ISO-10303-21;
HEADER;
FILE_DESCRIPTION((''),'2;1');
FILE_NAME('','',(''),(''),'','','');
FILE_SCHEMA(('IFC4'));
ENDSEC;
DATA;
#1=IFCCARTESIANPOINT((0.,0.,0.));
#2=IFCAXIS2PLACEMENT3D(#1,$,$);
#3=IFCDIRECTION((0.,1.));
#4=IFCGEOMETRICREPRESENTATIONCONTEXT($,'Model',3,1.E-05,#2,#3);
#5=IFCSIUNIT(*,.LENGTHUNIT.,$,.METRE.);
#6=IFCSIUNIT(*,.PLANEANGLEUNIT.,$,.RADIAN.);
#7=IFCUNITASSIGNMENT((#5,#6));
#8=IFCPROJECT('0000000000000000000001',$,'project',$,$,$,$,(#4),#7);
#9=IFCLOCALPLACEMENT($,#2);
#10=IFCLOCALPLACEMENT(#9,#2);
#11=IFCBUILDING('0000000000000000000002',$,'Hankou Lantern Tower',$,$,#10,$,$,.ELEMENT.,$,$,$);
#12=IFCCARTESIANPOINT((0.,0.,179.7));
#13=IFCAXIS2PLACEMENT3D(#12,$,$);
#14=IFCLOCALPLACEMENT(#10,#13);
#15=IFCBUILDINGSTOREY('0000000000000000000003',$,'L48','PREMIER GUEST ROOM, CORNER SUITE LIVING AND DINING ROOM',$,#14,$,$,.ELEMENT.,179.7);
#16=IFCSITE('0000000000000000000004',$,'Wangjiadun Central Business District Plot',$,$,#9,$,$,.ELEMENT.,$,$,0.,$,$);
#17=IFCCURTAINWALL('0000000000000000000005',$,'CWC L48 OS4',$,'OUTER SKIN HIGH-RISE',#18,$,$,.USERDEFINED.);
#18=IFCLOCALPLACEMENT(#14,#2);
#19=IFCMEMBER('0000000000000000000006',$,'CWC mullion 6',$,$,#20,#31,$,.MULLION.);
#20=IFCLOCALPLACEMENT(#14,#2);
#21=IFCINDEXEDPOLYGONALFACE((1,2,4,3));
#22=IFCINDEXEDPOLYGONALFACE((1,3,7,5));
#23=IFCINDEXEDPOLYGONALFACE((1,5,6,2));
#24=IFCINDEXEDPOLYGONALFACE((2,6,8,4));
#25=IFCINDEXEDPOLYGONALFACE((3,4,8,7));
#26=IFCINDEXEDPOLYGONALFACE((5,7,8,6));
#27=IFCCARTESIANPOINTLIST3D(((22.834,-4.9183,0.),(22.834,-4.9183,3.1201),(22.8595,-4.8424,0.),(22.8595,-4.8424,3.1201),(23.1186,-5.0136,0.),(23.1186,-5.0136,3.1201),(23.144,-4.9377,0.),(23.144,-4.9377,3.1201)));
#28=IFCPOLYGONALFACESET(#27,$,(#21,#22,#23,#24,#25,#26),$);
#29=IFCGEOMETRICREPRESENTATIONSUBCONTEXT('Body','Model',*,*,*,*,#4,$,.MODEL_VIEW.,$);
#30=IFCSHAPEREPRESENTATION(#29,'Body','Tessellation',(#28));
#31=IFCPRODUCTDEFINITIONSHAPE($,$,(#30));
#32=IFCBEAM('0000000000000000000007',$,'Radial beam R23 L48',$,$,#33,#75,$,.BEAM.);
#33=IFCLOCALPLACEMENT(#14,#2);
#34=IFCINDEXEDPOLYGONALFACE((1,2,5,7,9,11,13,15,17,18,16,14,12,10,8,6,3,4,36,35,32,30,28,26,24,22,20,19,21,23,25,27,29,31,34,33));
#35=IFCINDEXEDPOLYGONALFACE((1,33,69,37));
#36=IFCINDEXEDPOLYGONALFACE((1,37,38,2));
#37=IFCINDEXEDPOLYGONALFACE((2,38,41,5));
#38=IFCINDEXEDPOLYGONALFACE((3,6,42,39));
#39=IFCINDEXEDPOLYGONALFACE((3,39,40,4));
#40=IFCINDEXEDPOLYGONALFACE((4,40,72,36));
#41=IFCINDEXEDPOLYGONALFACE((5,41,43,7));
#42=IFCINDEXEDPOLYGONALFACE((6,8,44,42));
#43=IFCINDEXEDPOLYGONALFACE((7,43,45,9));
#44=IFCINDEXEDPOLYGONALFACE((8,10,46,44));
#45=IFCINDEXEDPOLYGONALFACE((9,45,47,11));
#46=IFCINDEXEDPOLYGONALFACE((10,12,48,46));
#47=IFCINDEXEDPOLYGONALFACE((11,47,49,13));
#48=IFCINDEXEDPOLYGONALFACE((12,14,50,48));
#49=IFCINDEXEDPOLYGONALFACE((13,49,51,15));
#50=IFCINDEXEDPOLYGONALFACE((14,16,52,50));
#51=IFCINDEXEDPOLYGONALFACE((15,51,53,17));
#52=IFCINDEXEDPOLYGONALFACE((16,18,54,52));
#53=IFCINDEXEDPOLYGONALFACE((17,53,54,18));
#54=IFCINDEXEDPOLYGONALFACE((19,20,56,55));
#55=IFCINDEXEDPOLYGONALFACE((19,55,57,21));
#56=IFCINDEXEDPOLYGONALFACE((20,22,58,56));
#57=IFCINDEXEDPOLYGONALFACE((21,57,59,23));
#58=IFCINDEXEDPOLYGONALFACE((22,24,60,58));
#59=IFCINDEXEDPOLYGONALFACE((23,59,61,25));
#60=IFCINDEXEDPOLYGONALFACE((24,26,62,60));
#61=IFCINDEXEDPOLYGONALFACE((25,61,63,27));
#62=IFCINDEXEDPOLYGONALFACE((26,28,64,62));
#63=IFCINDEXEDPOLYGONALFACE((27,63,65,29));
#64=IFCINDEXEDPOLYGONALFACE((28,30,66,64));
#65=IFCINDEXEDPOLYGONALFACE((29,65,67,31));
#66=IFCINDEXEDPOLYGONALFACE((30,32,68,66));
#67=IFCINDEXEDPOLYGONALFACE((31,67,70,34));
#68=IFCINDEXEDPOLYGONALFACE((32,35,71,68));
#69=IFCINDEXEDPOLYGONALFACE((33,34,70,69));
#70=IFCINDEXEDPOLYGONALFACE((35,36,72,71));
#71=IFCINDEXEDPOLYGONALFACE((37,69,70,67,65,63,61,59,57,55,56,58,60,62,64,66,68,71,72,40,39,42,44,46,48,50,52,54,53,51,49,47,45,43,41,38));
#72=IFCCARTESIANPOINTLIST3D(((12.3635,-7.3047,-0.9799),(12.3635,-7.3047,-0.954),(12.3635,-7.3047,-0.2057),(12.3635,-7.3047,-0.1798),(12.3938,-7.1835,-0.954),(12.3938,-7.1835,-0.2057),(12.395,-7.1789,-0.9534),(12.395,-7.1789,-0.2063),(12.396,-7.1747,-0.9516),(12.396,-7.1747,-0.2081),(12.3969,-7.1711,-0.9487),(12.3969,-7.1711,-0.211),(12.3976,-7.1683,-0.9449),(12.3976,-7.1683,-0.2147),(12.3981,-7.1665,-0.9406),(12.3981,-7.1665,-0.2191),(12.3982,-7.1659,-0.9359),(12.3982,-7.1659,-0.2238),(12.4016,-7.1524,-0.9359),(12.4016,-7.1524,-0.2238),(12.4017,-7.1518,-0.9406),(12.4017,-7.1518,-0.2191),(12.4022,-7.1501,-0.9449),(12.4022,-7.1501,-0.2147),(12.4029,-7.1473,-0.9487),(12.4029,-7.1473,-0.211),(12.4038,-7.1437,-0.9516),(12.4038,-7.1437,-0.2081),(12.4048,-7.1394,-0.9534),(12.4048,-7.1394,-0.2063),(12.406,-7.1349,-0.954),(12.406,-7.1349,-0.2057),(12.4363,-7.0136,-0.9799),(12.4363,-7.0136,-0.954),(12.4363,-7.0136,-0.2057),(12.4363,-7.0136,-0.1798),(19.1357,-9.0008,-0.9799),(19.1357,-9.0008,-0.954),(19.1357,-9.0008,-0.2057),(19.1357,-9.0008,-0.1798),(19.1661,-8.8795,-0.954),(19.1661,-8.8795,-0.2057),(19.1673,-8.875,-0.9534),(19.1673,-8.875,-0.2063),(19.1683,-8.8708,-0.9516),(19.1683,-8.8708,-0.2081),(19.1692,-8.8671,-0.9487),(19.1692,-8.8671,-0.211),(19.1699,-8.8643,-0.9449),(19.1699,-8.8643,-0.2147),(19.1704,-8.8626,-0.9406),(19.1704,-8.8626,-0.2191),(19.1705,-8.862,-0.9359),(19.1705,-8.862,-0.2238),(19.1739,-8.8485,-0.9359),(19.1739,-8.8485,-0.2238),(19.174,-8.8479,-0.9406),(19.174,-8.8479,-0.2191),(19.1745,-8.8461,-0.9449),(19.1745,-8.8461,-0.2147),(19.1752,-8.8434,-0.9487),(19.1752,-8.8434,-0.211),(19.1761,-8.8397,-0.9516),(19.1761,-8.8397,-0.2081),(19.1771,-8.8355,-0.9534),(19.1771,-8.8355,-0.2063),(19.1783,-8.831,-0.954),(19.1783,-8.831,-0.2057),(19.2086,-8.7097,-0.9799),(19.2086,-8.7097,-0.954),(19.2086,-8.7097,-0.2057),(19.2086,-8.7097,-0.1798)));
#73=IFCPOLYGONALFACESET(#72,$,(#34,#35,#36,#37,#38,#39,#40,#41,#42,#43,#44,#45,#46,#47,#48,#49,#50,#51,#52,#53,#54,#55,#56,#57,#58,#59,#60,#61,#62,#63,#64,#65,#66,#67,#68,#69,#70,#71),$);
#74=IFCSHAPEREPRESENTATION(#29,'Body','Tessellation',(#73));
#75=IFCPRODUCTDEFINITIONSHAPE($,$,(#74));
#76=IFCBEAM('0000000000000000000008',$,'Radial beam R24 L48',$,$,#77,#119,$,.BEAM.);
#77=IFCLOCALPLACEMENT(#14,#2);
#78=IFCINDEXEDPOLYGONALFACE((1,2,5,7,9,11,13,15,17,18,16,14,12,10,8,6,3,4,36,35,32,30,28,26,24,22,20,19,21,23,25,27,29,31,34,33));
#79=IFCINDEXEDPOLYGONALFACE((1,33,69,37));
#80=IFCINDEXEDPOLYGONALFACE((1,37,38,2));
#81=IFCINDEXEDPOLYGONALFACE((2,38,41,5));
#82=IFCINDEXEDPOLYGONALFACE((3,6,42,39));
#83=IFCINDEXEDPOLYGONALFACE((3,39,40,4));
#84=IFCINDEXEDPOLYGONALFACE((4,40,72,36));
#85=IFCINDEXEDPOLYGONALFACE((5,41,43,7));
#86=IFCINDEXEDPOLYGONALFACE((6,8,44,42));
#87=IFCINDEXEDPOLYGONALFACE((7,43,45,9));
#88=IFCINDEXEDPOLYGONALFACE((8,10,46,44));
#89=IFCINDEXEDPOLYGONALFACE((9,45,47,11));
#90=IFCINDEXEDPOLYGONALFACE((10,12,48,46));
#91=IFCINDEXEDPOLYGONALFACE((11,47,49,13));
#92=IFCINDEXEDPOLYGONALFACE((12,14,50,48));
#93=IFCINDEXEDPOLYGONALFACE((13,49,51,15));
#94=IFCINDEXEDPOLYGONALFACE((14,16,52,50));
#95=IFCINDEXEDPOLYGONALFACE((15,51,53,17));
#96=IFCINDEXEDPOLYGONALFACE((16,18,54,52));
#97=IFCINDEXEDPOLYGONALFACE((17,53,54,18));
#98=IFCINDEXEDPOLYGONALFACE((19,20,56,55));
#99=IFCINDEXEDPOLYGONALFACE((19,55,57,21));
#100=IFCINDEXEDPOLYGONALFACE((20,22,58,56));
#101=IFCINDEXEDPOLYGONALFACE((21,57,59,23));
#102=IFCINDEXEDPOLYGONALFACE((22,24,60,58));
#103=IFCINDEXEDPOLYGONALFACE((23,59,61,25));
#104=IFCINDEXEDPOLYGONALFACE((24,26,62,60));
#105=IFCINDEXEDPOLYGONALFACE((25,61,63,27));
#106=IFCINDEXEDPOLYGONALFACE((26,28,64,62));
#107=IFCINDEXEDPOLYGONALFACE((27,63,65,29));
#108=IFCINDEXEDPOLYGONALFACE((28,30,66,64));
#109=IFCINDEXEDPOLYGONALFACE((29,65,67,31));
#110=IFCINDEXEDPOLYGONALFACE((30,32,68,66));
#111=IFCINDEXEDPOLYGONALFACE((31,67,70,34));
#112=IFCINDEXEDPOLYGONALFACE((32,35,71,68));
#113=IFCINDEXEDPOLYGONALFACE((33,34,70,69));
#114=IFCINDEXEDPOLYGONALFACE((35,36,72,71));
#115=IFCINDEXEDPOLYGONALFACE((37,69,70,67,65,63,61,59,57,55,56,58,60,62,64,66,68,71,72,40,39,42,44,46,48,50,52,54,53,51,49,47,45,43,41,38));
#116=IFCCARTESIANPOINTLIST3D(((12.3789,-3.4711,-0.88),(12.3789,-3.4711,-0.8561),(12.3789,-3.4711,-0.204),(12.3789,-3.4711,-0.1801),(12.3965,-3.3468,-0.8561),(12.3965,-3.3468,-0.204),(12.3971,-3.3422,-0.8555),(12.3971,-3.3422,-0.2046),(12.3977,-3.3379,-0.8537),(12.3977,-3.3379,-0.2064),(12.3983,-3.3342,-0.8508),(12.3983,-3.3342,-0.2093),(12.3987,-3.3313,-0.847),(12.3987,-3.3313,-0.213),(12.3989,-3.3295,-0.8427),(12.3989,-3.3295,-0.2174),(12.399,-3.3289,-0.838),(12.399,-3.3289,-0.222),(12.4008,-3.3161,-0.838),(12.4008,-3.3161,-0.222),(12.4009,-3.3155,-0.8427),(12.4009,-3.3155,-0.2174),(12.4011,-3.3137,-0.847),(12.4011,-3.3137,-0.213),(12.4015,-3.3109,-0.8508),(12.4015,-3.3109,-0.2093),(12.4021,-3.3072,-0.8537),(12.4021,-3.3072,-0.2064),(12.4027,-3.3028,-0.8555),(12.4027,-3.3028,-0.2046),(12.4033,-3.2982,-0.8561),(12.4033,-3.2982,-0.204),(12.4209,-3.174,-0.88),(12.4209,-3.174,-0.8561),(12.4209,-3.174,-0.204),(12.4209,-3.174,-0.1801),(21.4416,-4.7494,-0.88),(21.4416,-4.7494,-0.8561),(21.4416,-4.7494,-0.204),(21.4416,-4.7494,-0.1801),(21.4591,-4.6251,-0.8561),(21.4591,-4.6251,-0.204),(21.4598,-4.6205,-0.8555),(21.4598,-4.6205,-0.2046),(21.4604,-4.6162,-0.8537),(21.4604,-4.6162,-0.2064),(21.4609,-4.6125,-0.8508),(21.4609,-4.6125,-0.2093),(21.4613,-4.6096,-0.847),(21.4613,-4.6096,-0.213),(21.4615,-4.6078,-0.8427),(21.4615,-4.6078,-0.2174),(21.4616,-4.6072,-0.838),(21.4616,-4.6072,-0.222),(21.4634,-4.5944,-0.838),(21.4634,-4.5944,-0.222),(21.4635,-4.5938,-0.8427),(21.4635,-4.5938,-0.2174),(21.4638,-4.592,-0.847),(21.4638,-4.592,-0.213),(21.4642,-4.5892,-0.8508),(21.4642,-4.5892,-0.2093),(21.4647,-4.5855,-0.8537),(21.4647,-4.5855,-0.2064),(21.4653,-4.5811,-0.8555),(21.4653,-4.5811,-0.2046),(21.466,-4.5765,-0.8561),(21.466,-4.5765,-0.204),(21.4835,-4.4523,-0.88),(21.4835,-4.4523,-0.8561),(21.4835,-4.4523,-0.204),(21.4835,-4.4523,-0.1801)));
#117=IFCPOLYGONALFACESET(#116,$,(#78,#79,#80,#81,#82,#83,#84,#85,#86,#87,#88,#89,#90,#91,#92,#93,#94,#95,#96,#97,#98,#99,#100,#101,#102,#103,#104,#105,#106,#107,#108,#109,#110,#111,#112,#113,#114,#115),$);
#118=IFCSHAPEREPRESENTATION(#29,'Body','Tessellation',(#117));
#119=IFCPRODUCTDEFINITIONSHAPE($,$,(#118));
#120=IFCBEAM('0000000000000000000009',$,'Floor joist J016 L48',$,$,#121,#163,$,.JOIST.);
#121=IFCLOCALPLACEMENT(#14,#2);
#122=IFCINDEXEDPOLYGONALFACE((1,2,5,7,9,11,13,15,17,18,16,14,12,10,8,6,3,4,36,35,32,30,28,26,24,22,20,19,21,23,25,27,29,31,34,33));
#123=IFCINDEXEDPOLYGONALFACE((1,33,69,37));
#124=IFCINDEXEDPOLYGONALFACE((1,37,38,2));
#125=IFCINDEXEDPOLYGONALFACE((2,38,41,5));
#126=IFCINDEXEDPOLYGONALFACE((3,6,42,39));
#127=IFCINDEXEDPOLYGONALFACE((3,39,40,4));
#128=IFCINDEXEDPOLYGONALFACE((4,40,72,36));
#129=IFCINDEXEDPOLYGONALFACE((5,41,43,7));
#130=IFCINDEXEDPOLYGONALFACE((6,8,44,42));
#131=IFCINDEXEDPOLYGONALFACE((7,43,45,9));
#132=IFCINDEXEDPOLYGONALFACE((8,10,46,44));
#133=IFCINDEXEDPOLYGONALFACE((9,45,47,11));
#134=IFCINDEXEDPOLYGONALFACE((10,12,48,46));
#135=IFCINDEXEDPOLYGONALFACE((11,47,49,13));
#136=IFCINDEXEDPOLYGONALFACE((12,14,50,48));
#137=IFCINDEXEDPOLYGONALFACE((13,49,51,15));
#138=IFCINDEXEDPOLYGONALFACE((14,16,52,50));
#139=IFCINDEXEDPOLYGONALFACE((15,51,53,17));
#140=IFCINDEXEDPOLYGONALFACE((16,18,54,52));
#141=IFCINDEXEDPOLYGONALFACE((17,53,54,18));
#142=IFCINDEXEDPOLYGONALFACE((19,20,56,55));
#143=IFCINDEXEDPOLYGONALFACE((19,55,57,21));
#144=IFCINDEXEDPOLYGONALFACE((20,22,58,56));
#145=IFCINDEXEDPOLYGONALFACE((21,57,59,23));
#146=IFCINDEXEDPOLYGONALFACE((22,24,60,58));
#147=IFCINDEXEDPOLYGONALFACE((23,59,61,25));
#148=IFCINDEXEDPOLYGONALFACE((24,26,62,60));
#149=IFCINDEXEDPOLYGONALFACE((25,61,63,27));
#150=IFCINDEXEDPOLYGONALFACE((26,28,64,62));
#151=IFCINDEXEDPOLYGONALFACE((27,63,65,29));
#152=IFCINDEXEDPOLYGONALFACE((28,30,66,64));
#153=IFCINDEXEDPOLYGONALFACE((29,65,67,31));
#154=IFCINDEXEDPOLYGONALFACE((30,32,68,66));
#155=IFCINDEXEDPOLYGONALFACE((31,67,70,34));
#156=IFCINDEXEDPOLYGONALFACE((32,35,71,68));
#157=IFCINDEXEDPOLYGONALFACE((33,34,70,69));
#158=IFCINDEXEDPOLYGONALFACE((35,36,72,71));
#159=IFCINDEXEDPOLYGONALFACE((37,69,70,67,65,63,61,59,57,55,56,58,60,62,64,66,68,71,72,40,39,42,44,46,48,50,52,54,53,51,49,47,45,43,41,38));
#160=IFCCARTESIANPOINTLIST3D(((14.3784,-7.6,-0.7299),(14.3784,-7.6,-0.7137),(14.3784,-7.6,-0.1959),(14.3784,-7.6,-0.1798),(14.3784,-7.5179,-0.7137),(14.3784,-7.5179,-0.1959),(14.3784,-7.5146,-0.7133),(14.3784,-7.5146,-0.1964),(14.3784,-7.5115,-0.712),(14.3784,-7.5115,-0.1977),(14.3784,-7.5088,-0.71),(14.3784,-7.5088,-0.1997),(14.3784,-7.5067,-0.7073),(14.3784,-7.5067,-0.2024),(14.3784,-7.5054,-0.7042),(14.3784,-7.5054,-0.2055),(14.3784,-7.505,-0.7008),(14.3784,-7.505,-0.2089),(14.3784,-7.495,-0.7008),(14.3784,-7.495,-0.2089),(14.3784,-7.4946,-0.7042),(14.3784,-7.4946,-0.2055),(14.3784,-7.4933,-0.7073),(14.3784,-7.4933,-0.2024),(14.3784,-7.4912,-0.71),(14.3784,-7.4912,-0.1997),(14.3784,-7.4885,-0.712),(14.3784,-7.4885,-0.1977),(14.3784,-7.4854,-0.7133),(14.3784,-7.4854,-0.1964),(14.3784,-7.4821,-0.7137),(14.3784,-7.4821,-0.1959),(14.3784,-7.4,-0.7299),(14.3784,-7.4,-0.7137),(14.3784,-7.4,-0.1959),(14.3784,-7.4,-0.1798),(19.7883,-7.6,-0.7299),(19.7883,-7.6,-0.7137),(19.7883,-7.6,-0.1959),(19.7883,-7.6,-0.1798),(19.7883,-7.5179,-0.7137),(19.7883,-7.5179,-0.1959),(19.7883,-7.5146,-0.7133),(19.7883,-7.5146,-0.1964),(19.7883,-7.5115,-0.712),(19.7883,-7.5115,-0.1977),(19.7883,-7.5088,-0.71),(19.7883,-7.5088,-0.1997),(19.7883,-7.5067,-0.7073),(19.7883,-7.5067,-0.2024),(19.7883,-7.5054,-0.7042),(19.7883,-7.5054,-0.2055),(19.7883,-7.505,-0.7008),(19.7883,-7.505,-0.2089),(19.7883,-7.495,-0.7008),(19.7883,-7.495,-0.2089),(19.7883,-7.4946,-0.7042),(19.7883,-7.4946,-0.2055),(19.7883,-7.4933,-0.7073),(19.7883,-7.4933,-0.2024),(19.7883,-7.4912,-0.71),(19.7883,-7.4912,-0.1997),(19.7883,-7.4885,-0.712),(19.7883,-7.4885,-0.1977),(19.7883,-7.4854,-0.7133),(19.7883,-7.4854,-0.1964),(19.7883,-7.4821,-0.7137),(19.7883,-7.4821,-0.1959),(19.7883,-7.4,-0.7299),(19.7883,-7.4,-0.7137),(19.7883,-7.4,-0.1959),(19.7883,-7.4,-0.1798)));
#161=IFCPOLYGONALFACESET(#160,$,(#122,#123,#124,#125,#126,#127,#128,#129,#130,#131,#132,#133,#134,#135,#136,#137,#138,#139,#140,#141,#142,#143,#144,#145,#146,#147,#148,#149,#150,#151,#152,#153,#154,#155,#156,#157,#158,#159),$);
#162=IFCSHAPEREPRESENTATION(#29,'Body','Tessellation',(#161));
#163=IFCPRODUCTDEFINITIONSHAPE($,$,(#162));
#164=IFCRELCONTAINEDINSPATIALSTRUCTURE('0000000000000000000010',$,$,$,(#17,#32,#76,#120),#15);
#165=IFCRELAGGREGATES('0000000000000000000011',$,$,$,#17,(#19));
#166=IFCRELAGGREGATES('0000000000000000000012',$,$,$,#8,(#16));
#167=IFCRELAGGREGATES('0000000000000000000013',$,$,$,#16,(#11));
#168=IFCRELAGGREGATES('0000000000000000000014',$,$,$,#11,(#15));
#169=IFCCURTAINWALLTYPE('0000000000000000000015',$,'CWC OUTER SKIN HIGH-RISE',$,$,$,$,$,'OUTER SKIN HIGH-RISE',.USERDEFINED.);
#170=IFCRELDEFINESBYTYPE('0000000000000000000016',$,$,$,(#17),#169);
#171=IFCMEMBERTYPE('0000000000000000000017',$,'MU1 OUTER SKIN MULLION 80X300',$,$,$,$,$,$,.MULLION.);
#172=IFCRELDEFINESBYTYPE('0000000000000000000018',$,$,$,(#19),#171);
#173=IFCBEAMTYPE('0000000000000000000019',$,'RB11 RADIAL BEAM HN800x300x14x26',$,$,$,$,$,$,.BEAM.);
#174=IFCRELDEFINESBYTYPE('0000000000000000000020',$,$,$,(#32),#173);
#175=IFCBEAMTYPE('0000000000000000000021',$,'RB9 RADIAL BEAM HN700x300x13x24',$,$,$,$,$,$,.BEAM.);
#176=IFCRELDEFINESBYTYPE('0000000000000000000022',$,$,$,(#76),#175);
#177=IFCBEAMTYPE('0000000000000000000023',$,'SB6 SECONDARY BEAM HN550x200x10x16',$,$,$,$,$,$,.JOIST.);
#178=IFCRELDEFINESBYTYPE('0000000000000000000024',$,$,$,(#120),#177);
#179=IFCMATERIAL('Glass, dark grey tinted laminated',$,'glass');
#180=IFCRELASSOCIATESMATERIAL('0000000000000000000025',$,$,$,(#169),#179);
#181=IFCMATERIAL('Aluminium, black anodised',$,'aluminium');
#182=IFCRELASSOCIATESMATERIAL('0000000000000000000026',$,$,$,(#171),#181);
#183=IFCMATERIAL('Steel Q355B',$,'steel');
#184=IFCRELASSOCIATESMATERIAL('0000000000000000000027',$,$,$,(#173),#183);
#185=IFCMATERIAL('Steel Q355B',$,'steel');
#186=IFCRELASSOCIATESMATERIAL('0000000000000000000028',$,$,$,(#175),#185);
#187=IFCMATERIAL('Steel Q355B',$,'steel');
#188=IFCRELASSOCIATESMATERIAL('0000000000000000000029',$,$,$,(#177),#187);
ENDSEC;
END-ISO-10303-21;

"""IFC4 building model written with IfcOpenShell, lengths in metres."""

from ifc_helpers import new_model, si_unit, direction, frame, origin, origin_2d, place, context, subcontext, project, spatial, rectangle, i_section, extrude, material, material_profile, profile_set, type_object, element, aggregate, save


model = new_model("IFC4")

# Units and contexts
model_context = context("Model", 3, precision=1e-05, world=origin(), true_north=direction((0.0, 1.0)))
body_context = subcontext(model_context, "Body", "Model", "MODEL_VIEW")
ifc_project = project(units=[si_unit("LENGTHUNIT", "METRE"), si_unit("PLANEANGLEUNIT", "RADIAN")], contexts=[model_context])

# Site, building, storey
site_placement = place(None, origin())
site = spatial("IfcSite", under=ifc_project, at=site_placement, Name="Wangjiadun Central Business District Plot", CompositionType="ELEMENT", RefElevation=0.0)
building_placement = place(site_placement, origin())
building = spatial("IfcBuilding", under=site, at=building_placement, Name="Hankou Lantern Tower", CompositionType="ELEMENT")
storey_placement = place(building_placement, frame((0.0, 0.0, 179.7)))
storey = spatial("IfcBuildingStorey", under=building, at=storey_placement, Name="L48", Description="PREMIER GUEST ROOM, CORNER SUITE LIVING AND DINING ROOM", CompositionType="ELEMENT", Elevation=179.7)

# Curtain wall, member
ifc_material_1 = material(Name="Glass, dark grey tinted laminated", Category="glass")
curtain_wall_type = type_object("IfcCurtainWallType", Name="CWC OUTER SKIN HIGH-RISE", ElementType="OUTER SKIN HIGH-RISE", PredefinedType="USERDEFINED", material=ifc_material_1)
curtain_wall_placement = place(storey_placement, origin())
curtain_wall = element("IfcCurtainWall", 1, at=curtain_wall_placement, inside=storey, type_object=curtain_wall_type, Name="CWC L48 OS4", ObjectType="OUTER SKIN HIGH-RISE", PredefinedType="USERDEFINED")
ifc_material_2 = material(Name="Aluminium, black anodised", Category="aluminium")
ifc_material_profile_1 = material_profile(ifc_material_2, rectangle(XDim=0.0801, YDim=0.3, at=origin_2d()), Name="MU1 80X300")
ifc_profile_set_1 = profile_set([ifc_material_profile_1], Name="Aluminium, black anodised")
member_type_1 = type_object("IfcMemberType", Name="MU1 OUTER SKIN MULLION 80X300", PredefinedType="MULLION", material=ifc_profile_set_1)
member_1_placement = place(storey_placement, frame((22.989, -4.928, 0.0), z_axis=(0.0, 0.0, 1.0), x_axis=(0.317596, 0.948226, 0.0)))
member_1 = element("IfcMember", 2, at=member_1_placement, type_object=member_type_1, Name="CWC mullion 6", PredefinedType="MULLION", context=body_context, shape_type="SweptSolid", body=[
    extrude(rectangle(XDim=0.0801, YDim=0.3, at=origin_2d()), origin(), (0.0, 0.0, 1.0), 3.1201),
])

# Beams
ifc_material_3 = material(Name="Steel Q355B", Category="steel")
ifc_material_profile_2 = material_profile(ifc_material_3, i_section(OverallWidth=0.3, OverallDepth=0.8, WebThickness=0.0139, FlangeThickness=0.0259, FilletRadius=0.0181, at=origin_2d()), Name="HN800x300x14x26")
ifc_profile_set_2 = profile_set([ifc_material_profile_2], Name="Steel Q355B")
beam_type_1 = type_object("IfcBeamType", Name="RB11 RADIAL BEAM HN800x300x14x26", PredefinedType="BEAM", material=ifc_profile_set_2)
beam_1_placement = place(storey_placement, frame((12.3999, -7.1592, -0.5798), z_axis=(0.970042, -0.242939, 0.0), x_axis=(0.242939, 0.970042, 0.0)))
element("IfcBeam", 3, at=beam_1_placement, inside=storey, type_object=beam_type_1, Name="Radial beam R23 L48", PredefinedType="BEAM", context=body_context, shape_type="SweptSolid", body=[
    extrude(i_section(OverallWidth=0.3, OverallDepth=0.8, WebThickness=0.0139, FlangeThickness=0.0259, FilletRadius=0.0181, at=origin_2d()), origin(), (0.0, 0.0, 1.0), 6.9814),
])
ifc_material_4 = material(Name="Steel Q355B", Category="steel")
ifc_material_profile_3 = material_profile(ifc_material_4, i_section(OverallWidth=0.3, OverallDepth=0.7, WebThickness=0.0129, FlangeThickness=0.0239, FilletRadius=0.0181, at=origin_2d()), Name="HN700x300x13x24")
ifc_profile_set_3 = profile_set([ifc_material_profile_3], Name="Steel Q355B")
beam_type_2 = type_object("IfcBeamType", Name="RB9 RADIAL BEAM HN700x300x13x24", PredefinedType="BEAM", material=ifc_profile_set_3)
beam_2_placement = place(storey_placement, frame((12.3999, -3.3225, -0.53), z_axis=(0.990198, -0.13967, 0.0), x_axis=(0.13967, 0.990198, 0.0)))
element("IfcBeam", 4, at=beam_2_placement, inside=storey, type_object=beam_type_2, Name="Radial beam R24 L48", PredefinedType="BEAM", context=body_context, shape_type="SweptSolid", body=[
    extrude(i_section(OverallWidth=0.3, OverallDepth=0.7, WebThickness=0.0129, FlangeThickness=0.0239, FilletRadius=0.0181, at=origin_2d()), origin(), (0.0, 0.0, 1.0), 9.1523),
])
ifc_material_5 = material(Name="Steel Q355B", Category="steel")
ifc_material_profile_4 = material_profile(ifc_material_5, i_section(OverallWidth=0.2, OverallDepth=0.55, WebThickness=0.01, FlangeThickness=0.0161, FilletRadius=0.0129, at=origin_2d()), Name="HN550x200x10x16")
ifc_profile_set_4 = profile_set([ifc_material_profile_4], Name="Steel Q355B")
beam_type_3 = type_object("IfcBeamType", Name="SB6 SECONDARY BEAM HN550x200x10x16", PredefinedType="JOIST", material=ifc_profile_set_4)
beam_3_placement = place(storey_placement, frame((14.3784, -7.5, -0.4548), z_axis=(1.0, 0.0, 0.0), x_axis=(0.0, 1.0, 0.0)))
element("IfcBeam", 5, at=beam_3_placement, inside=storey, type_object=beam_type_3, Name="Floor joist J016 L48", PredefinedType="JOIST", context=body_context, shape_type="SweptSolid", body=[
    extrude(i_section(OverallWidth=0.2, OverallDepth=0.55, WebThickness=0.01, FlangeThickness=0.0161, FilletRadius=0.0129, at=origin_2d()), origin(), (0.0, 0.0, 1.0), 5.4099),
])

aggregate(curtain_wall, [member_1])

save(model, "model.ifc")
